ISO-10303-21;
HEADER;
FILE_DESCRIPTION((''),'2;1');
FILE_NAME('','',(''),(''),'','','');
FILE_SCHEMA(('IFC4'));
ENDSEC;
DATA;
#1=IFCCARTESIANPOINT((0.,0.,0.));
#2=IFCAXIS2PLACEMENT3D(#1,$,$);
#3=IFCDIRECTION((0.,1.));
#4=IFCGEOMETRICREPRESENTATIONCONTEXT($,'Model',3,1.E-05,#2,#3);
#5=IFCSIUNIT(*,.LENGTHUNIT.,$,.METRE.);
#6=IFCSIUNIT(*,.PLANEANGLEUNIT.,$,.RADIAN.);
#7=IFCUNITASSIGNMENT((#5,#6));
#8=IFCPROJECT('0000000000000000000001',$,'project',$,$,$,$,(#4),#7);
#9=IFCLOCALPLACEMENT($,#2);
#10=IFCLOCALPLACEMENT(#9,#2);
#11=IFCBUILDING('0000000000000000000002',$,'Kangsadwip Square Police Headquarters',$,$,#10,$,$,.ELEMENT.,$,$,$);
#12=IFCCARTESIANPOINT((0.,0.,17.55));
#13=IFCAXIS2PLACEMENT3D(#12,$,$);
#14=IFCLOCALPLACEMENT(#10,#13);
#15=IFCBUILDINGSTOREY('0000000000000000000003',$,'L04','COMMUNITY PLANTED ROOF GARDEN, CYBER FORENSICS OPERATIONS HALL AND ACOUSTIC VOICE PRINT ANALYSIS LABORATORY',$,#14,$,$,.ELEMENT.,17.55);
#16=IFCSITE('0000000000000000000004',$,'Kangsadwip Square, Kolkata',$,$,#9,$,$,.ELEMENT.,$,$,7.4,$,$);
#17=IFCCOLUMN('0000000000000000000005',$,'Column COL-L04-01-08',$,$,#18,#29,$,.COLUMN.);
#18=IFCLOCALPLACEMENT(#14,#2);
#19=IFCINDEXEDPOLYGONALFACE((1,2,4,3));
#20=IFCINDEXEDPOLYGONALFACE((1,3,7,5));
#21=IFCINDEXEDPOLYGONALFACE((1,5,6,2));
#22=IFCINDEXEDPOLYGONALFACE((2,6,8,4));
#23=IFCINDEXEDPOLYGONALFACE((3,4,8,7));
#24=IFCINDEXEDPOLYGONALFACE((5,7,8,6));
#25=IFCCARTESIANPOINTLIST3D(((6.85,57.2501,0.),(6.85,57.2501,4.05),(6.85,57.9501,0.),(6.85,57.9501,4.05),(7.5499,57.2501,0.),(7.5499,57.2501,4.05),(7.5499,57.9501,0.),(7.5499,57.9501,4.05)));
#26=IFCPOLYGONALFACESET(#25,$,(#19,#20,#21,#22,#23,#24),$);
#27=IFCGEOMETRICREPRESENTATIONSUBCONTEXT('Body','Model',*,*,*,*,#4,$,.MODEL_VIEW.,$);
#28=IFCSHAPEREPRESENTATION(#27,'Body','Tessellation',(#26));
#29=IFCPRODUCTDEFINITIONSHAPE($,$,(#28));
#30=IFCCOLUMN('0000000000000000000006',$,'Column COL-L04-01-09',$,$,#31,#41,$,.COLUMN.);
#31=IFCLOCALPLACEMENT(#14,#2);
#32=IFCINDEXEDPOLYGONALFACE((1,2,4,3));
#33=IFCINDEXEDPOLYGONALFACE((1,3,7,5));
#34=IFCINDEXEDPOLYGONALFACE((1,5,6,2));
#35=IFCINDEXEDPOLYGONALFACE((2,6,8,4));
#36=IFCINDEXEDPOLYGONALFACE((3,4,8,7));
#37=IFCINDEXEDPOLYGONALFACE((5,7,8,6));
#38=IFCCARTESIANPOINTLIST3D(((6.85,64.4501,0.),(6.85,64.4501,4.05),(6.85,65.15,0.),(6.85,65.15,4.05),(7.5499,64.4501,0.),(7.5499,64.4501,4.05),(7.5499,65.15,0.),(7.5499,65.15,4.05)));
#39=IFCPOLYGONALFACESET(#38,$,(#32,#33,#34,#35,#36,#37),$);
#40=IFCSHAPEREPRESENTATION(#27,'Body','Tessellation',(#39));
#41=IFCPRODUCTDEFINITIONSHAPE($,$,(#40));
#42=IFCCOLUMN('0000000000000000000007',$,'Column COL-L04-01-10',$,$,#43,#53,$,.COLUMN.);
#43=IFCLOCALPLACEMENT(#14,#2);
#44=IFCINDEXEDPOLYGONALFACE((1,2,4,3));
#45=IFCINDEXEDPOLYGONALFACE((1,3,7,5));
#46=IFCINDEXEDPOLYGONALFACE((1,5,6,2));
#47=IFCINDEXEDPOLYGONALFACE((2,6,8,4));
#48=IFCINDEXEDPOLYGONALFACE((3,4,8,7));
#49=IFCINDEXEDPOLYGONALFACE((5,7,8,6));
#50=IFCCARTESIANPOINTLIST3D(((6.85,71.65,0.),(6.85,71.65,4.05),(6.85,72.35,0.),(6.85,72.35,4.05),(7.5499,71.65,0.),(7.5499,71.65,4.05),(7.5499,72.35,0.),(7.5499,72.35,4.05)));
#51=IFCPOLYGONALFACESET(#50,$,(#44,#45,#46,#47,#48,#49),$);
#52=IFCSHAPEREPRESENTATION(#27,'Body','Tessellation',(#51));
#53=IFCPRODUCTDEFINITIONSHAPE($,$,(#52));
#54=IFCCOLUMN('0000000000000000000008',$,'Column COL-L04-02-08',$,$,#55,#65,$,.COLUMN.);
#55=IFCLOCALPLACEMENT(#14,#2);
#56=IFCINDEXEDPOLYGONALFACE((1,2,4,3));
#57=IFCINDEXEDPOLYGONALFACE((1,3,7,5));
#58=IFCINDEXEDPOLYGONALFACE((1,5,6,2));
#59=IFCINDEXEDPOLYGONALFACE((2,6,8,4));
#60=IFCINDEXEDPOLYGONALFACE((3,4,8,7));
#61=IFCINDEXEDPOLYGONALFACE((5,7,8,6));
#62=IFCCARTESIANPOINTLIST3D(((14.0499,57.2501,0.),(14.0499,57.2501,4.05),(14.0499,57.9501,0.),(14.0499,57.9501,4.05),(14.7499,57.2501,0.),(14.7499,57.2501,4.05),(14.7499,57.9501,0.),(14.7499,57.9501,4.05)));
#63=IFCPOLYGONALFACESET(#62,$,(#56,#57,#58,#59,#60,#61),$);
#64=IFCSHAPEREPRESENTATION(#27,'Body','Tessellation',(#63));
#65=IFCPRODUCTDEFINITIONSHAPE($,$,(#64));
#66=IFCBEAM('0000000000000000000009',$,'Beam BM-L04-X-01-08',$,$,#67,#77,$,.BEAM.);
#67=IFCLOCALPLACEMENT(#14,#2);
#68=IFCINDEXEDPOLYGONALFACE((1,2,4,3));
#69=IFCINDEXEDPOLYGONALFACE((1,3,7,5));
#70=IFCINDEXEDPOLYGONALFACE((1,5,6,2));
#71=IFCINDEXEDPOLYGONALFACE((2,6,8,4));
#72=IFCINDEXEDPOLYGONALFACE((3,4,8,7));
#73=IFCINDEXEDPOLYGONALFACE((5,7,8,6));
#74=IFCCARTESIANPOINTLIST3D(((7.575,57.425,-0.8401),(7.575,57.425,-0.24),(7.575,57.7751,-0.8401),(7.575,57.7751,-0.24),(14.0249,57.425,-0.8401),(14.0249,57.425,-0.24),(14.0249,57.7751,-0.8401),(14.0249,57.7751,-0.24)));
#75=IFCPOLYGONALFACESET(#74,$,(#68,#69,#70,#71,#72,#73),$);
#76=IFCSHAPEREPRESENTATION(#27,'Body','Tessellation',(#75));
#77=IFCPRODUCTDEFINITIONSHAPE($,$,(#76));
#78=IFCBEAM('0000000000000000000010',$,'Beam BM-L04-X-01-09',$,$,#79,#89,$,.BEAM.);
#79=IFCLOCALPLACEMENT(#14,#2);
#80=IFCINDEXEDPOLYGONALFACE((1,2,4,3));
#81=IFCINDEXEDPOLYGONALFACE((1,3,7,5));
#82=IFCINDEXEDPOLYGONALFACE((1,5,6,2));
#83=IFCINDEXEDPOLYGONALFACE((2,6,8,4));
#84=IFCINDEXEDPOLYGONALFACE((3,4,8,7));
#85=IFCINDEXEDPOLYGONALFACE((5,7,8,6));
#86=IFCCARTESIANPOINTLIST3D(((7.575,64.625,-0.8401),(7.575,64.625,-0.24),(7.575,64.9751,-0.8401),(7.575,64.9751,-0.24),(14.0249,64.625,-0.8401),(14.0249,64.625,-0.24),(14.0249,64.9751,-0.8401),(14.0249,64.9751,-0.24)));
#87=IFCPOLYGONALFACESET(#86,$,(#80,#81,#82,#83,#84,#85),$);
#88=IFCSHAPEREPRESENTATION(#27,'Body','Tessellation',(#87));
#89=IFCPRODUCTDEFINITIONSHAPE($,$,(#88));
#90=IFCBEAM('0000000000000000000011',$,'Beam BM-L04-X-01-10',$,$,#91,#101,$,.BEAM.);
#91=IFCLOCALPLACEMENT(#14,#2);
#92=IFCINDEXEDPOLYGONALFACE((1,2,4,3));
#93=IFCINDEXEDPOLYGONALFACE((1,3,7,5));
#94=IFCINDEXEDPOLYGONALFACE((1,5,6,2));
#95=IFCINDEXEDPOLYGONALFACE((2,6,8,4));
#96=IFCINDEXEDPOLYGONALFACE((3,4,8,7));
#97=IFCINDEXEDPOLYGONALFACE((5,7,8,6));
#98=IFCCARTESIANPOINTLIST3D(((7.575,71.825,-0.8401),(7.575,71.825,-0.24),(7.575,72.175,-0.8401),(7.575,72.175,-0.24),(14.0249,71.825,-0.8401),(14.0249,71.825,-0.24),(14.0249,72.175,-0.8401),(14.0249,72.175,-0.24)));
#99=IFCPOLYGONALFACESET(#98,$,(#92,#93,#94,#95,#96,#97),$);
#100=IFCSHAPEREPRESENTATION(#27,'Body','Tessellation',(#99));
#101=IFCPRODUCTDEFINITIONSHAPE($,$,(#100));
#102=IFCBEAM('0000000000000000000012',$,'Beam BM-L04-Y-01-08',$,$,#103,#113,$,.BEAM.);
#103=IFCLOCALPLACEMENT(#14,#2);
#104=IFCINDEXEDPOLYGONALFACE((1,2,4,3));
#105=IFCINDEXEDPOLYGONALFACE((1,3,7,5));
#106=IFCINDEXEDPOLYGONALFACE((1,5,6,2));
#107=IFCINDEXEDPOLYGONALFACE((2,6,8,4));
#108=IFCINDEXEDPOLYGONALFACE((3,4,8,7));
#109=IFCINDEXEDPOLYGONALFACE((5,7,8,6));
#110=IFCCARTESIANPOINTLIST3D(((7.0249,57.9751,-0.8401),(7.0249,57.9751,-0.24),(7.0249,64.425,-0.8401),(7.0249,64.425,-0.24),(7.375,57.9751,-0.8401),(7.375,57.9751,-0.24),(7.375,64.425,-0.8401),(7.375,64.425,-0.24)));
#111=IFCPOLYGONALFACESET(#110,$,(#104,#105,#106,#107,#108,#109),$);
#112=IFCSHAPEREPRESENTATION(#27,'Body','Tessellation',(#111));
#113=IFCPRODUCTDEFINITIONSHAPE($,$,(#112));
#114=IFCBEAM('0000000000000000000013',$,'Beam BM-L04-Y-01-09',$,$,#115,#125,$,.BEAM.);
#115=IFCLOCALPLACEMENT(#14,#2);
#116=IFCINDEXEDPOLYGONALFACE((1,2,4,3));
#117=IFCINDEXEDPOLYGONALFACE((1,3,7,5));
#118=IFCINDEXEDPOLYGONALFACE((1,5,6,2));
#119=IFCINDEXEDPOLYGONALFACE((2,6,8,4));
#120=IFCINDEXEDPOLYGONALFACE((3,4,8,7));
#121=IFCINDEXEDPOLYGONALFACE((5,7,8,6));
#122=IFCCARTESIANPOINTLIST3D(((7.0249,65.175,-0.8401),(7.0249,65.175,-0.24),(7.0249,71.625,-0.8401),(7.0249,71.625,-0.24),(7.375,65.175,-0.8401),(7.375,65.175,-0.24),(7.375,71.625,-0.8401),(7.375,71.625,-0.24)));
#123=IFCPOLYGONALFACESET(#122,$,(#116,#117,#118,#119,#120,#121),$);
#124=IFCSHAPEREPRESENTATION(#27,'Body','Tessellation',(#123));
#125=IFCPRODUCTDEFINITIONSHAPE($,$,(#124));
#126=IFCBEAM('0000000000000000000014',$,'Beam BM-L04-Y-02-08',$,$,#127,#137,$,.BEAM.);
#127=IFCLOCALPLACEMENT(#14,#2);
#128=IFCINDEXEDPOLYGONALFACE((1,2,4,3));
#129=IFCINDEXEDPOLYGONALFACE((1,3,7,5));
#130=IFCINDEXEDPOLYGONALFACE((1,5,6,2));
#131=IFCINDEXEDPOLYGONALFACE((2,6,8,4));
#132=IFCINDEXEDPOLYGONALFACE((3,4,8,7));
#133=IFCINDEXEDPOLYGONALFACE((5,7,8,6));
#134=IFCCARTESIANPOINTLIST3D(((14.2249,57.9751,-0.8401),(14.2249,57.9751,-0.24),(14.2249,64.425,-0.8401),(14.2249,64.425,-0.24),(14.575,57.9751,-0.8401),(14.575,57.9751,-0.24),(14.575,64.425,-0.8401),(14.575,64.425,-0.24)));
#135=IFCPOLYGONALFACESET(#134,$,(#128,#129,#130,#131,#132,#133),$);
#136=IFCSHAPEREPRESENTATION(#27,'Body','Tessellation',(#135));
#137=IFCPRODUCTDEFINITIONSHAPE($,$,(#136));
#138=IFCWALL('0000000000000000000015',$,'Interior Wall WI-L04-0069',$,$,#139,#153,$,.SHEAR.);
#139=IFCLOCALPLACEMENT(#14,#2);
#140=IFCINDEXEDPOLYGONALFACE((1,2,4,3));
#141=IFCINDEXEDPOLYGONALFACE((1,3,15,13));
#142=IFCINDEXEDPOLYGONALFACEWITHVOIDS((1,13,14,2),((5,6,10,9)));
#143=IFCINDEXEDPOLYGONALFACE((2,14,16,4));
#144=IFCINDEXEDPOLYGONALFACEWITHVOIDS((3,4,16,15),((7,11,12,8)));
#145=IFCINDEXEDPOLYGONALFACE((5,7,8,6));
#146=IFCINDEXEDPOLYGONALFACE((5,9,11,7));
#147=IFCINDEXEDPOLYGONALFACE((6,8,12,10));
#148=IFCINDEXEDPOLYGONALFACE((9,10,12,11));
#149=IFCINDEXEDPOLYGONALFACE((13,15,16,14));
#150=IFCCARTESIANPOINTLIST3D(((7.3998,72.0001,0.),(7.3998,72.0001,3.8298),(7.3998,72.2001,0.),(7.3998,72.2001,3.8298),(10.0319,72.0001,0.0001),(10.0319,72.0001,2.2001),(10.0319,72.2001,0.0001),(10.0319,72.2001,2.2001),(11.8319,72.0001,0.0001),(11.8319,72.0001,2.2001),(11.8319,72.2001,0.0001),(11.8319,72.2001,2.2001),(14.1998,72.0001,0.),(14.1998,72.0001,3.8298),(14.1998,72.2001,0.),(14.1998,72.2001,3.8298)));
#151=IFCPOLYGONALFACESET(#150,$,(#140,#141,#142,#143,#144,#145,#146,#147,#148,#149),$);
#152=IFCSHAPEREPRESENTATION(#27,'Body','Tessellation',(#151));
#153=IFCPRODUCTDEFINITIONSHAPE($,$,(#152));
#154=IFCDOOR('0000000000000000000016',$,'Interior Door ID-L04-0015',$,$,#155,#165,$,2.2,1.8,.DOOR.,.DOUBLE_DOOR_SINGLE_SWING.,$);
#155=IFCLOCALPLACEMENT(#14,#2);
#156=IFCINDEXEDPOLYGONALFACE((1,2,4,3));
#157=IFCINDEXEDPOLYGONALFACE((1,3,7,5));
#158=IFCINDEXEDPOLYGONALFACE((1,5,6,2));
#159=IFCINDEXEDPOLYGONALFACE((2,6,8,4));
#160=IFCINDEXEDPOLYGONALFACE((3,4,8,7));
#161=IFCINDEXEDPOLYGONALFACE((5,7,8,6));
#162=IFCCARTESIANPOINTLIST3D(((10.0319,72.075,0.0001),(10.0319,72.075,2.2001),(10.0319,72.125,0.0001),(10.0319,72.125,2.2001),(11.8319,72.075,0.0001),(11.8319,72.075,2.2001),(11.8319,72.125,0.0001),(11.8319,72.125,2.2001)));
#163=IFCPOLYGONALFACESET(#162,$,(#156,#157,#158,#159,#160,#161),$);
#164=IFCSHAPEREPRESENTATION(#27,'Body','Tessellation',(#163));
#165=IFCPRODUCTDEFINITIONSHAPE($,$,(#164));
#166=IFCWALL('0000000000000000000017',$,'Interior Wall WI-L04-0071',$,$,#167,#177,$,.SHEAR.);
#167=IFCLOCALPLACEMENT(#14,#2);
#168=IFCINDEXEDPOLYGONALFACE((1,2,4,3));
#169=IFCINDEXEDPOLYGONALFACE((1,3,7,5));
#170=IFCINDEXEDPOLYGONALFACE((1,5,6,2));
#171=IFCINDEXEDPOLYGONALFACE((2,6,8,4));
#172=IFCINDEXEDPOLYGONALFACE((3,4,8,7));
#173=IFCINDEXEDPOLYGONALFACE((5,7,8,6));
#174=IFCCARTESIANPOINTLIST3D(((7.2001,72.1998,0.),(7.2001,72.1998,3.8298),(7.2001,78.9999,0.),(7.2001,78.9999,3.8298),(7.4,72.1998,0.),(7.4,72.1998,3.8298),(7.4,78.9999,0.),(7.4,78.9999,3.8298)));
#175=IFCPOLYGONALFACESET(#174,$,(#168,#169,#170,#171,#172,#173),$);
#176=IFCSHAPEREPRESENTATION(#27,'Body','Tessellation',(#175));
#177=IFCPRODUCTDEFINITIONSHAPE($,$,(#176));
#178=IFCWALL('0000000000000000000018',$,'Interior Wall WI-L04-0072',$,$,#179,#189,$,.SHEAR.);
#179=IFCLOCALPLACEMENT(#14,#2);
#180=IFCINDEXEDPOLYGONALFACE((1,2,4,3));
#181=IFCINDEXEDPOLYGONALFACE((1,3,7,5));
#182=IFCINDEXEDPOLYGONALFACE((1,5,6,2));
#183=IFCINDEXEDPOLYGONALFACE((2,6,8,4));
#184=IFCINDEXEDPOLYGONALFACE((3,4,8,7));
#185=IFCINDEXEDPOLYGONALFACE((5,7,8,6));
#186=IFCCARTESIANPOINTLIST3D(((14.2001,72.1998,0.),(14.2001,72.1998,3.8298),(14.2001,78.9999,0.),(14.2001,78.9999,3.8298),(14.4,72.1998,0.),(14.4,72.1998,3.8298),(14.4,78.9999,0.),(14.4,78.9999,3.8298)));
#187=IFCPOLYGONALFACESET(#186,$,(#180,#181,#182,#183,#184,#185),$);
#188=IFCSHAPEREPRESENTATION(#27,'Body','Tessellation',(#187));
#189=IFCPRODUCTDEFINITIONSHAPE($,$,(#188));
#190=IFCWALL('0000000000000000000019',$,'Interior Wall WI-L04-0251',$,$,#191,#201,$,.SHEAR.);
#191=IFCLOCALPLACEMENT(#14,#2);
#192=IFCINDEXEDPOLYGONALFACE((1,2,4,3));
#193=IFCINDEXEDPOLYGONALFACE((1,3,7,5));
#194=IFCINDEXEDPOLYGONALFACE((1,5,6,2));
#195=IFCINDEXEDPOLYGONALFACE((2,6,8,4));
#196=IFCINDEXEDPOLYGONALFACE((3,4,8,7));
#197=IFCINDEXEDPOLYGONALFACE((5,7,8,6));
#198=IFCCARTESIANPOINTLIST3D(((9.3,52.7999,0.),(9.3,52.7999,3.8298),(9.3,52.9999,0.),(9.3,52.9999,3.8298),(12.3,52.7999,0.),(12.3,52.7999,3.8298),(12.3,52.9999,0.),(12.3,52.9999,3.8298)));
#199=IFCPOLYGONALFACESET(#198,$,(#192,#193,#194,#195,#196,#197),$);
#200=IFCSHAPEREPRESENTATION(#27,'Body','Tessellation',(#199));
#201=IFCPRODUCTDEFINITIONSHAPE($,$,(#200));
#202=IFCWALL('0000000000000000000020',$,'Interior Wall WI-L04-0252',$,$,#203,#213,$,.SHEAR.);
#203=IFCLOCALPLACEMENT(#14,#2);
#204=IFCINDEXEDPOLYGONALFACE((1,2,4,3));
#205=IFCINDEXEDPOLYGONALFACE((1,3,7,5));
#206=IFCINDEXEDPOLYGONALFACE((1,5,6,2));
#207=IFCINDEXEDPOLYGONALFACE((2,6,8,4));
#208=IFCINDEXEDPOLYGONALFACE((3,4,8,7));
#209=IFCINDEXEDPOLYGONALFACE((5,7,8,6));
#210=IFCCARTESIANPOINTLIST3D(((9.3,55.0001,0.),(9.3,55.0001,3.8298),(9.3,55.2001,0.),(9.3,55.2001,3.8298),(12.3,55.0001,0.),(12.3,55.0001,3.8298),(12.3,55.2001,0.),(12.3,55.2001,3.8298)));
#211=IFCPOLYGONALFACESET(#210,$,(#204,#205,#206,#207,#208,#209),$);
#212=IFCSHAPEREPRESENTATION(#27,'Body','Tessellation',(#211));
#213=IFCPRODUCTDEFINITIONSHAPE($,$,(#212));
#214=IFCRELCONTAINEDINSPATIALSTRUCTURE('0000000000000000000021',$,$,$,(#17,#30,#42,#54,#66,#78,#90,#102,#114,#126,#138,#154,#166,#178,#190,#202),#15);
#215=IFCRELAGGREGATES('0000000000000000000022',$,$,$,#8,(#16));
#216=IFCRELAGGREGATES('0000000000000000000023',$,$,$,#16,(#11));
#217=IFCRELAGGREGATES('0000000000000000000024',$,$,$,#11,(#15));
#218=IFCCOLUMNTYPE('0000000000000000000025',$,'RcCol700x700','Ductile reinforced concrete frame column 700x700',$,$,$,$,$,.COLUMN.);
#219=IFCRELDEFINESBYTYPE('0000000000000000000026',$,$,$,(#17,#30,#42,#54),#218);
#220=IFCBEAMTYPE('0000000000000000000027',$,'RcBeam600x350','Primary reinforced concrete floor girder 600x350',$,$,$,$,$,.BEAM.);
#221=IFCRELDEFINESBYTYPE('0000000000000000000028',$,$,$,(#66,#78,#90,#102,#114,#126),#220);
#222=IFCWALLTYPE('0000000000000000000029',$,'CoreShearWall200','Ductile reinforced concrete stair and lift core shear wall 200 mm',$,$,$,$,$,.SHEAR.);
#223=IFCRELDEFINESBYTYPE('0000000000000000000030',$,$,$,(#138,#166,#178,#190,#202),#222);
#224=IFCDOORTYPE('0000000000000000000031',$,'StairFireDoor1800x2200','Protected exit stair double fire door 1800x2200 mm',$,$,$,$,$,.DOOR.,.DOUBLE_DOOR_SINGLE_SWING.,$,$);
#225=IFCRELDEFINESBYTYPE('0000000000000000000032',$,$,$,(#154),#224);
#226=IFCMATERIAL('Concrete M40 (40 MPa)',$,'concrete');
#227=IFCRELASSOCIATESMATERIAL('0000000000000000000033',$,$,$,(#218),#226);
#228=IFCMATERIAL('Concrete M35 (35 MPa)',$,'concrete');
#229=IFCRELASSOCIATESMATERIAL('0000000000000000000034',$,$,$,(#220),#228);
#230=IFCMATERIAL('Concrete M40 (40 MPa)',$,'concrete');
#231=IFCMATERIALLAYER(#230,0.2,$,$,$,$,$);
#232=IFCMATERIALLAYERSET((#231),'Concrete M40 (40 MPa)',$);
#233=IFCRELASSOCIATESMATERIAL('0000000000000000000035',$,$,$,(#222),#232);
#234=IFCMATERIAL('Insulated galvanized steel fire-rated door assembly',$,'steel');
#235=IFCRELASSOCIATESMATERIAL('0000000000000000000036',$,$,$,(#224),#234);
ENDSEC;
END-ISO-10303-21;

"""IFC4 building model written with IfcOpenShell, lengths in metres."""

from ifc_helpers import new_model, si_unit, direction, frame, frame_2d, origin, origin_2d, place, context, subcontext, project, spatial, rectangle, extrude, material, layer, layer_set, material_profile, profile_set, type_object, element, fill, save


model = new_model("IFC4")

# Units and contexts
model_context = context("Model", 3, precision=1e-05, world=origin(), true_north=direction((0.0, 1.0)))
body_context = subcontext(model_context, "Body", "Model", "MODEL_VIEW")
ifc_project = project(units=[si_unit("LENGTHUNIT", "METRE"), si_unit("PLANEANGLEUNIT", "RADIAN")], contexts=[model_context])

# Site, building, storey
site_placement = place(None, origin())
site = spatial("IfcSite", under=ifc_project, at=site_placement, Name="Kangsadwip Square, Kolkata", CompositionType="ELEMENT", RefElevation=7.4)
building_placement = place(site_placement, origin())
building = spatial("IfcBuilding", under=site, at=building_placement, Name="Kangsadwip Square Police Headquarters", CompositionType="ELEMENT")
storey_placement = place(building_placement, frame((0.0, 0.0, 17.55)))
storey = spatial("IfcBuildingStorey", under=building, at=storey_placement, Name="L04", Description="COMMUNITY PLANTED ROOF GARDEN, CYBER FORENSICS OPERATIONS HALL AND ACOUSTIC VOICE PRINT ANALYSIS LABORATORY", CompositionType="ELEMENT", Elevation=17.55)

# Columns
ifc_material_1 = material(Name="Concrete M40 (40 MPa)", Category="concrete")
ifc_material_profile_1 = material_profile(ifc_material_1, rectangle(XDim=0.7, YDim=0.7, at=origin_2d()), Name="RC COL 700X700")
ifc_profile_set_1 = profile_set([ifc_material_profile_1], Name="Concrete M40 (40 MPa)")
column_type = type_object("IfcColumnType", Name="RcCol700x700", Description="Ductile reinforced concrete frame column 700x700", PredefinedType="COLUMN", material=ifc_profile_set_1)
for number, where, z_axis, x_axis, name in (
    (1, (7.2, 57.6001, 0.0), (0.0, 0.0, 1.0), (1.0, 0.0, 0.0), "Column COL-L04-01-08"),
    (2, (7.2, 64.8, 0.0), (0.0, 0.0, 1.0), (1.0, 0.0, 0.0), "Column COL-L04-01-09"),
    (3, (7.2, 72.0, 0.0), (0.0, 0.0, 1.0), (1.0, 0.0, 0.0), "Column COL-L04-01-10"),
    (4, (14.3999, 57.6001, 0.0), (0.0, 0.0, 1.0), (1.0, 0.0, 0.0), "Column COL-L04-02-08"),
):
    element("IfcColumn", number, at=place(storey_placement, frame(where, z_axis=z_axis, x_axis=x_axis)), inside=storey, type_object=column_type, Name=name, PredefinedType="COLUMN", context=body_context, shape_type="SweptSolid", body=[
        extrude(rectangle(XDim=0.7, YDim=0.7, at=origin_2d()), origin(), (0.0, 0.0, 1.0), 4.05),
    ])

# Beams
ifc_material_2 = material(Name="Concrete M35 (35 MPa)", Category="concrete")
ifc_material_profile_2 = material_profile(ifc_material_2, rectangle(XDim=0.3501, YDim=0.6001, at=origin_2d()), Name="RC BM 600X350")
ifc_profile_set_2 = profile_set([ifc_material_profile_2], Name="Concrete M35 (35 MPa)")
beam_type = type_object("IfcBeamType", Name="RcBeam600x350", Description="Primary reinforced concrete floor girder 600x350", PredefinedType="BEAM", material=ifc_profile_set_2)
for number, where, z_axis, x_axis, name in (
    (5, (7.575, 57.6001, -0.54), (1.0, 0.0, 0.0), (0.0, 1.0, 0.0), "Beam BM-L04-X-01-08"),
    (6, (7.575, 64.8, -0.54), (1.0, 0.0, 0.0), (0.0, 1.0, 0.0), "Beam BM-L04-X-01-09"),
    (7, (7.575, 72.0, -0.54), (1.0, 0.0, 0.0), (0.0, 1.0, 0.0), "Beam BM-L04-X-01-10"),
    (8, (7.2, 57.9751, -0.54), (0.0, 1.0, 0.0), (-1.0, 0.0, 0.0), "Beam BM-L04-Y-01-08"),
    (9, (7.2, 65.175, -0.54), (0.0, 1.0, 0.0), (-1.0, 0.0, 0.0), "Beam BM-L04-Y-01-09"),
    (10, (14.3999, 57.9751, -0.54), (0.0, 1.0, 0.0), (-1.0, 0.0, 0.0), "Beam BM-L04-Y-02-08"),
):
    element("IfcBeam", number, at=place(storey_placement, frame(where, z_axis=z_axis, x_axis=x_axis)), inside=storey, type_object=beam_type, Name=name, PredefinedType="BEAM", context=body_context, shape_type="SweptSolid", body=[
        extrude(rectangle(XDim=0.3501, YDim=0.6001, at=origin_2d()), origin(), (0.0, 0.0, 1.0), 6.45),
    ])

# Wall, opening, door
ifc_material_3 = material(Name="Concrete M40 (40 MPa)", Category="concrete")
ifc_layer_1 = layer(ifc_material_3, 0.2)
ifc_layer_set_1 = layer_set([ifc_layer_1], Name="Concrete M40 (40 MPa)")
wall_type_1 = type_object("IfcWallType", Name="CoreShearWall200", Description="Ductile reinforced concrete stair and lift core shear wall 200 mm", PredefinedType="SHEAR", material=ifc_layer_set_1)
wall_1_placement = place(storey_placement, frame((7.3999, 72.1001, 0.0), z_axis=(0.0, 0.0, 1.0), x_axis=(1.0, 0.0, 0.0)))
wall_1 = element("IfcWall", 11, at=wall_1_placement, inside=storey, type_object=wall_type_1, Name="Interior Wall WI-L04-0069", PredefinedType="SHEAR", context=body_context, shape_type="SweptSolid", body=[
    extrude(rectangle(XDim=6.8, YDim=0.2, at=frame_2d((3.3999, 0.0))), origin(), (0.0, 0.0, 1.0), 3.8298),
])
opening_1_placement = place(wall_1_placement, frame((2.6321, 0.0, 0.0)))
opening_1 = element("IfcOpeningElement", 12, at=opening_1_placement, cuts=wall_1, PredefinedType="OPENING", context=body_context, shape_type="SweptSolid", body=[
    extrude(rectangle(XDim=1.8, YDim=2.2, at=frame_2d((0.8999, 1.1001))), frame((0.0, 0.1099, 0.0), z_axis=(0.0, -1.0, 0.0), x_axis=(1.0, 0.0, 0.0)), (0.0, 0.0, 1.0), 0.22),
])
ifc_material_4 = material(Name="Insulated galvanized steel fire-rated door assembly", Category="steel")
door_type_1 = type_object("IfcDoorType", Name="StairFireDoor1800x2200", Description="Protected exit stair double fire door 1800x2200 mm", OperationType="DOUBLE_DOOR_SINGLE_SWING", PredefinedType="DOOR", material=ifc_material_4)
door_1_placement = place(opening_1_placement, origin())
door_1 = element("IfcDoor", 13, at=door_1_placement, inside=storey, type_object=door_type_1, Name="Interior Door ID-L04-0015", OperationType="DOUBLE_DOOR_SINGLE_SWING", OverallHeight=2.2, OverallWidth=1.8, PredefinedType="DOOR", context=body_context, shape_type="SweptSolid", body=[
    extrude(rectangle(XDim=1.8, YDim=2.2, at=frame_2d((0.8999, 1.1001))), frame((0.0, 0.0249, 0.0), z_axis=(0.0, -1.0, 0.0), x_axis=(1.0, 0.0, 0.0)), (0.0, 0.0, 1.0), 0.05),
])
fill(opening_1, door_1)

# Walls
for number, where, z_axis, x_axis, name in (
    (14, (7.3, 72.2, 0.0), (0.0, 0.0, 1.0), (0.0, 1.0, 0.0), "Interior Wall WI-L04-0071"),
    (15, (14.3, 72.2, 0.0), (0.0, 0.0, 1.0), (0.0, 1.0, 0.0), "Interior Wall WI-L04-0072"),
):
    element("IfcWall", number, at=place(storey_placement, frame(where, z_axis=z_axis, x_axis=x_axis)), inside=storey, type_object=wall_type_1, Name=name, PredefinedType="SHEAR", context=body_context, shape_type="SweptSolid", body=[
        extrude(rectangle(XDim=6.8, YDim=0.2, at=frame_2d((3.3999, 0.0))), origin(), (0.0, 0.0, 1.0), 3.8298),
    ])
for number, where, z_axis, x_axis, name in (
    (16, (9.3, 52.8999, 0.0), (0.0, 0.0, 1.0), (1.0, 0.0, 0.0), "Interior Wall WI-L04-0251"),
    (17, (9.3, 55.1001, 0.0), (0.0, 0.0, 1.0), (1.0, 0.0, 0.0), "Interior Wall WI-L04-0252"),
):
    element("IfcWall", number, at=place(storey_placement, frame(where, z_axis=z_axis, x_axis=x_axis)), inside=storey, type_object=wall_type_1, Name=name, PredefinedType="SHEAR", context=body_context, shape_type="SweptSolid", body=[
        extrude(rectangle(XDim=3.0, YDim=0.2, at=frame_2d((1.5, 0.0))), origin(), (0.0, 0.0, 1.0), 3.8298),
    ])

save(model, "model.ifc")
